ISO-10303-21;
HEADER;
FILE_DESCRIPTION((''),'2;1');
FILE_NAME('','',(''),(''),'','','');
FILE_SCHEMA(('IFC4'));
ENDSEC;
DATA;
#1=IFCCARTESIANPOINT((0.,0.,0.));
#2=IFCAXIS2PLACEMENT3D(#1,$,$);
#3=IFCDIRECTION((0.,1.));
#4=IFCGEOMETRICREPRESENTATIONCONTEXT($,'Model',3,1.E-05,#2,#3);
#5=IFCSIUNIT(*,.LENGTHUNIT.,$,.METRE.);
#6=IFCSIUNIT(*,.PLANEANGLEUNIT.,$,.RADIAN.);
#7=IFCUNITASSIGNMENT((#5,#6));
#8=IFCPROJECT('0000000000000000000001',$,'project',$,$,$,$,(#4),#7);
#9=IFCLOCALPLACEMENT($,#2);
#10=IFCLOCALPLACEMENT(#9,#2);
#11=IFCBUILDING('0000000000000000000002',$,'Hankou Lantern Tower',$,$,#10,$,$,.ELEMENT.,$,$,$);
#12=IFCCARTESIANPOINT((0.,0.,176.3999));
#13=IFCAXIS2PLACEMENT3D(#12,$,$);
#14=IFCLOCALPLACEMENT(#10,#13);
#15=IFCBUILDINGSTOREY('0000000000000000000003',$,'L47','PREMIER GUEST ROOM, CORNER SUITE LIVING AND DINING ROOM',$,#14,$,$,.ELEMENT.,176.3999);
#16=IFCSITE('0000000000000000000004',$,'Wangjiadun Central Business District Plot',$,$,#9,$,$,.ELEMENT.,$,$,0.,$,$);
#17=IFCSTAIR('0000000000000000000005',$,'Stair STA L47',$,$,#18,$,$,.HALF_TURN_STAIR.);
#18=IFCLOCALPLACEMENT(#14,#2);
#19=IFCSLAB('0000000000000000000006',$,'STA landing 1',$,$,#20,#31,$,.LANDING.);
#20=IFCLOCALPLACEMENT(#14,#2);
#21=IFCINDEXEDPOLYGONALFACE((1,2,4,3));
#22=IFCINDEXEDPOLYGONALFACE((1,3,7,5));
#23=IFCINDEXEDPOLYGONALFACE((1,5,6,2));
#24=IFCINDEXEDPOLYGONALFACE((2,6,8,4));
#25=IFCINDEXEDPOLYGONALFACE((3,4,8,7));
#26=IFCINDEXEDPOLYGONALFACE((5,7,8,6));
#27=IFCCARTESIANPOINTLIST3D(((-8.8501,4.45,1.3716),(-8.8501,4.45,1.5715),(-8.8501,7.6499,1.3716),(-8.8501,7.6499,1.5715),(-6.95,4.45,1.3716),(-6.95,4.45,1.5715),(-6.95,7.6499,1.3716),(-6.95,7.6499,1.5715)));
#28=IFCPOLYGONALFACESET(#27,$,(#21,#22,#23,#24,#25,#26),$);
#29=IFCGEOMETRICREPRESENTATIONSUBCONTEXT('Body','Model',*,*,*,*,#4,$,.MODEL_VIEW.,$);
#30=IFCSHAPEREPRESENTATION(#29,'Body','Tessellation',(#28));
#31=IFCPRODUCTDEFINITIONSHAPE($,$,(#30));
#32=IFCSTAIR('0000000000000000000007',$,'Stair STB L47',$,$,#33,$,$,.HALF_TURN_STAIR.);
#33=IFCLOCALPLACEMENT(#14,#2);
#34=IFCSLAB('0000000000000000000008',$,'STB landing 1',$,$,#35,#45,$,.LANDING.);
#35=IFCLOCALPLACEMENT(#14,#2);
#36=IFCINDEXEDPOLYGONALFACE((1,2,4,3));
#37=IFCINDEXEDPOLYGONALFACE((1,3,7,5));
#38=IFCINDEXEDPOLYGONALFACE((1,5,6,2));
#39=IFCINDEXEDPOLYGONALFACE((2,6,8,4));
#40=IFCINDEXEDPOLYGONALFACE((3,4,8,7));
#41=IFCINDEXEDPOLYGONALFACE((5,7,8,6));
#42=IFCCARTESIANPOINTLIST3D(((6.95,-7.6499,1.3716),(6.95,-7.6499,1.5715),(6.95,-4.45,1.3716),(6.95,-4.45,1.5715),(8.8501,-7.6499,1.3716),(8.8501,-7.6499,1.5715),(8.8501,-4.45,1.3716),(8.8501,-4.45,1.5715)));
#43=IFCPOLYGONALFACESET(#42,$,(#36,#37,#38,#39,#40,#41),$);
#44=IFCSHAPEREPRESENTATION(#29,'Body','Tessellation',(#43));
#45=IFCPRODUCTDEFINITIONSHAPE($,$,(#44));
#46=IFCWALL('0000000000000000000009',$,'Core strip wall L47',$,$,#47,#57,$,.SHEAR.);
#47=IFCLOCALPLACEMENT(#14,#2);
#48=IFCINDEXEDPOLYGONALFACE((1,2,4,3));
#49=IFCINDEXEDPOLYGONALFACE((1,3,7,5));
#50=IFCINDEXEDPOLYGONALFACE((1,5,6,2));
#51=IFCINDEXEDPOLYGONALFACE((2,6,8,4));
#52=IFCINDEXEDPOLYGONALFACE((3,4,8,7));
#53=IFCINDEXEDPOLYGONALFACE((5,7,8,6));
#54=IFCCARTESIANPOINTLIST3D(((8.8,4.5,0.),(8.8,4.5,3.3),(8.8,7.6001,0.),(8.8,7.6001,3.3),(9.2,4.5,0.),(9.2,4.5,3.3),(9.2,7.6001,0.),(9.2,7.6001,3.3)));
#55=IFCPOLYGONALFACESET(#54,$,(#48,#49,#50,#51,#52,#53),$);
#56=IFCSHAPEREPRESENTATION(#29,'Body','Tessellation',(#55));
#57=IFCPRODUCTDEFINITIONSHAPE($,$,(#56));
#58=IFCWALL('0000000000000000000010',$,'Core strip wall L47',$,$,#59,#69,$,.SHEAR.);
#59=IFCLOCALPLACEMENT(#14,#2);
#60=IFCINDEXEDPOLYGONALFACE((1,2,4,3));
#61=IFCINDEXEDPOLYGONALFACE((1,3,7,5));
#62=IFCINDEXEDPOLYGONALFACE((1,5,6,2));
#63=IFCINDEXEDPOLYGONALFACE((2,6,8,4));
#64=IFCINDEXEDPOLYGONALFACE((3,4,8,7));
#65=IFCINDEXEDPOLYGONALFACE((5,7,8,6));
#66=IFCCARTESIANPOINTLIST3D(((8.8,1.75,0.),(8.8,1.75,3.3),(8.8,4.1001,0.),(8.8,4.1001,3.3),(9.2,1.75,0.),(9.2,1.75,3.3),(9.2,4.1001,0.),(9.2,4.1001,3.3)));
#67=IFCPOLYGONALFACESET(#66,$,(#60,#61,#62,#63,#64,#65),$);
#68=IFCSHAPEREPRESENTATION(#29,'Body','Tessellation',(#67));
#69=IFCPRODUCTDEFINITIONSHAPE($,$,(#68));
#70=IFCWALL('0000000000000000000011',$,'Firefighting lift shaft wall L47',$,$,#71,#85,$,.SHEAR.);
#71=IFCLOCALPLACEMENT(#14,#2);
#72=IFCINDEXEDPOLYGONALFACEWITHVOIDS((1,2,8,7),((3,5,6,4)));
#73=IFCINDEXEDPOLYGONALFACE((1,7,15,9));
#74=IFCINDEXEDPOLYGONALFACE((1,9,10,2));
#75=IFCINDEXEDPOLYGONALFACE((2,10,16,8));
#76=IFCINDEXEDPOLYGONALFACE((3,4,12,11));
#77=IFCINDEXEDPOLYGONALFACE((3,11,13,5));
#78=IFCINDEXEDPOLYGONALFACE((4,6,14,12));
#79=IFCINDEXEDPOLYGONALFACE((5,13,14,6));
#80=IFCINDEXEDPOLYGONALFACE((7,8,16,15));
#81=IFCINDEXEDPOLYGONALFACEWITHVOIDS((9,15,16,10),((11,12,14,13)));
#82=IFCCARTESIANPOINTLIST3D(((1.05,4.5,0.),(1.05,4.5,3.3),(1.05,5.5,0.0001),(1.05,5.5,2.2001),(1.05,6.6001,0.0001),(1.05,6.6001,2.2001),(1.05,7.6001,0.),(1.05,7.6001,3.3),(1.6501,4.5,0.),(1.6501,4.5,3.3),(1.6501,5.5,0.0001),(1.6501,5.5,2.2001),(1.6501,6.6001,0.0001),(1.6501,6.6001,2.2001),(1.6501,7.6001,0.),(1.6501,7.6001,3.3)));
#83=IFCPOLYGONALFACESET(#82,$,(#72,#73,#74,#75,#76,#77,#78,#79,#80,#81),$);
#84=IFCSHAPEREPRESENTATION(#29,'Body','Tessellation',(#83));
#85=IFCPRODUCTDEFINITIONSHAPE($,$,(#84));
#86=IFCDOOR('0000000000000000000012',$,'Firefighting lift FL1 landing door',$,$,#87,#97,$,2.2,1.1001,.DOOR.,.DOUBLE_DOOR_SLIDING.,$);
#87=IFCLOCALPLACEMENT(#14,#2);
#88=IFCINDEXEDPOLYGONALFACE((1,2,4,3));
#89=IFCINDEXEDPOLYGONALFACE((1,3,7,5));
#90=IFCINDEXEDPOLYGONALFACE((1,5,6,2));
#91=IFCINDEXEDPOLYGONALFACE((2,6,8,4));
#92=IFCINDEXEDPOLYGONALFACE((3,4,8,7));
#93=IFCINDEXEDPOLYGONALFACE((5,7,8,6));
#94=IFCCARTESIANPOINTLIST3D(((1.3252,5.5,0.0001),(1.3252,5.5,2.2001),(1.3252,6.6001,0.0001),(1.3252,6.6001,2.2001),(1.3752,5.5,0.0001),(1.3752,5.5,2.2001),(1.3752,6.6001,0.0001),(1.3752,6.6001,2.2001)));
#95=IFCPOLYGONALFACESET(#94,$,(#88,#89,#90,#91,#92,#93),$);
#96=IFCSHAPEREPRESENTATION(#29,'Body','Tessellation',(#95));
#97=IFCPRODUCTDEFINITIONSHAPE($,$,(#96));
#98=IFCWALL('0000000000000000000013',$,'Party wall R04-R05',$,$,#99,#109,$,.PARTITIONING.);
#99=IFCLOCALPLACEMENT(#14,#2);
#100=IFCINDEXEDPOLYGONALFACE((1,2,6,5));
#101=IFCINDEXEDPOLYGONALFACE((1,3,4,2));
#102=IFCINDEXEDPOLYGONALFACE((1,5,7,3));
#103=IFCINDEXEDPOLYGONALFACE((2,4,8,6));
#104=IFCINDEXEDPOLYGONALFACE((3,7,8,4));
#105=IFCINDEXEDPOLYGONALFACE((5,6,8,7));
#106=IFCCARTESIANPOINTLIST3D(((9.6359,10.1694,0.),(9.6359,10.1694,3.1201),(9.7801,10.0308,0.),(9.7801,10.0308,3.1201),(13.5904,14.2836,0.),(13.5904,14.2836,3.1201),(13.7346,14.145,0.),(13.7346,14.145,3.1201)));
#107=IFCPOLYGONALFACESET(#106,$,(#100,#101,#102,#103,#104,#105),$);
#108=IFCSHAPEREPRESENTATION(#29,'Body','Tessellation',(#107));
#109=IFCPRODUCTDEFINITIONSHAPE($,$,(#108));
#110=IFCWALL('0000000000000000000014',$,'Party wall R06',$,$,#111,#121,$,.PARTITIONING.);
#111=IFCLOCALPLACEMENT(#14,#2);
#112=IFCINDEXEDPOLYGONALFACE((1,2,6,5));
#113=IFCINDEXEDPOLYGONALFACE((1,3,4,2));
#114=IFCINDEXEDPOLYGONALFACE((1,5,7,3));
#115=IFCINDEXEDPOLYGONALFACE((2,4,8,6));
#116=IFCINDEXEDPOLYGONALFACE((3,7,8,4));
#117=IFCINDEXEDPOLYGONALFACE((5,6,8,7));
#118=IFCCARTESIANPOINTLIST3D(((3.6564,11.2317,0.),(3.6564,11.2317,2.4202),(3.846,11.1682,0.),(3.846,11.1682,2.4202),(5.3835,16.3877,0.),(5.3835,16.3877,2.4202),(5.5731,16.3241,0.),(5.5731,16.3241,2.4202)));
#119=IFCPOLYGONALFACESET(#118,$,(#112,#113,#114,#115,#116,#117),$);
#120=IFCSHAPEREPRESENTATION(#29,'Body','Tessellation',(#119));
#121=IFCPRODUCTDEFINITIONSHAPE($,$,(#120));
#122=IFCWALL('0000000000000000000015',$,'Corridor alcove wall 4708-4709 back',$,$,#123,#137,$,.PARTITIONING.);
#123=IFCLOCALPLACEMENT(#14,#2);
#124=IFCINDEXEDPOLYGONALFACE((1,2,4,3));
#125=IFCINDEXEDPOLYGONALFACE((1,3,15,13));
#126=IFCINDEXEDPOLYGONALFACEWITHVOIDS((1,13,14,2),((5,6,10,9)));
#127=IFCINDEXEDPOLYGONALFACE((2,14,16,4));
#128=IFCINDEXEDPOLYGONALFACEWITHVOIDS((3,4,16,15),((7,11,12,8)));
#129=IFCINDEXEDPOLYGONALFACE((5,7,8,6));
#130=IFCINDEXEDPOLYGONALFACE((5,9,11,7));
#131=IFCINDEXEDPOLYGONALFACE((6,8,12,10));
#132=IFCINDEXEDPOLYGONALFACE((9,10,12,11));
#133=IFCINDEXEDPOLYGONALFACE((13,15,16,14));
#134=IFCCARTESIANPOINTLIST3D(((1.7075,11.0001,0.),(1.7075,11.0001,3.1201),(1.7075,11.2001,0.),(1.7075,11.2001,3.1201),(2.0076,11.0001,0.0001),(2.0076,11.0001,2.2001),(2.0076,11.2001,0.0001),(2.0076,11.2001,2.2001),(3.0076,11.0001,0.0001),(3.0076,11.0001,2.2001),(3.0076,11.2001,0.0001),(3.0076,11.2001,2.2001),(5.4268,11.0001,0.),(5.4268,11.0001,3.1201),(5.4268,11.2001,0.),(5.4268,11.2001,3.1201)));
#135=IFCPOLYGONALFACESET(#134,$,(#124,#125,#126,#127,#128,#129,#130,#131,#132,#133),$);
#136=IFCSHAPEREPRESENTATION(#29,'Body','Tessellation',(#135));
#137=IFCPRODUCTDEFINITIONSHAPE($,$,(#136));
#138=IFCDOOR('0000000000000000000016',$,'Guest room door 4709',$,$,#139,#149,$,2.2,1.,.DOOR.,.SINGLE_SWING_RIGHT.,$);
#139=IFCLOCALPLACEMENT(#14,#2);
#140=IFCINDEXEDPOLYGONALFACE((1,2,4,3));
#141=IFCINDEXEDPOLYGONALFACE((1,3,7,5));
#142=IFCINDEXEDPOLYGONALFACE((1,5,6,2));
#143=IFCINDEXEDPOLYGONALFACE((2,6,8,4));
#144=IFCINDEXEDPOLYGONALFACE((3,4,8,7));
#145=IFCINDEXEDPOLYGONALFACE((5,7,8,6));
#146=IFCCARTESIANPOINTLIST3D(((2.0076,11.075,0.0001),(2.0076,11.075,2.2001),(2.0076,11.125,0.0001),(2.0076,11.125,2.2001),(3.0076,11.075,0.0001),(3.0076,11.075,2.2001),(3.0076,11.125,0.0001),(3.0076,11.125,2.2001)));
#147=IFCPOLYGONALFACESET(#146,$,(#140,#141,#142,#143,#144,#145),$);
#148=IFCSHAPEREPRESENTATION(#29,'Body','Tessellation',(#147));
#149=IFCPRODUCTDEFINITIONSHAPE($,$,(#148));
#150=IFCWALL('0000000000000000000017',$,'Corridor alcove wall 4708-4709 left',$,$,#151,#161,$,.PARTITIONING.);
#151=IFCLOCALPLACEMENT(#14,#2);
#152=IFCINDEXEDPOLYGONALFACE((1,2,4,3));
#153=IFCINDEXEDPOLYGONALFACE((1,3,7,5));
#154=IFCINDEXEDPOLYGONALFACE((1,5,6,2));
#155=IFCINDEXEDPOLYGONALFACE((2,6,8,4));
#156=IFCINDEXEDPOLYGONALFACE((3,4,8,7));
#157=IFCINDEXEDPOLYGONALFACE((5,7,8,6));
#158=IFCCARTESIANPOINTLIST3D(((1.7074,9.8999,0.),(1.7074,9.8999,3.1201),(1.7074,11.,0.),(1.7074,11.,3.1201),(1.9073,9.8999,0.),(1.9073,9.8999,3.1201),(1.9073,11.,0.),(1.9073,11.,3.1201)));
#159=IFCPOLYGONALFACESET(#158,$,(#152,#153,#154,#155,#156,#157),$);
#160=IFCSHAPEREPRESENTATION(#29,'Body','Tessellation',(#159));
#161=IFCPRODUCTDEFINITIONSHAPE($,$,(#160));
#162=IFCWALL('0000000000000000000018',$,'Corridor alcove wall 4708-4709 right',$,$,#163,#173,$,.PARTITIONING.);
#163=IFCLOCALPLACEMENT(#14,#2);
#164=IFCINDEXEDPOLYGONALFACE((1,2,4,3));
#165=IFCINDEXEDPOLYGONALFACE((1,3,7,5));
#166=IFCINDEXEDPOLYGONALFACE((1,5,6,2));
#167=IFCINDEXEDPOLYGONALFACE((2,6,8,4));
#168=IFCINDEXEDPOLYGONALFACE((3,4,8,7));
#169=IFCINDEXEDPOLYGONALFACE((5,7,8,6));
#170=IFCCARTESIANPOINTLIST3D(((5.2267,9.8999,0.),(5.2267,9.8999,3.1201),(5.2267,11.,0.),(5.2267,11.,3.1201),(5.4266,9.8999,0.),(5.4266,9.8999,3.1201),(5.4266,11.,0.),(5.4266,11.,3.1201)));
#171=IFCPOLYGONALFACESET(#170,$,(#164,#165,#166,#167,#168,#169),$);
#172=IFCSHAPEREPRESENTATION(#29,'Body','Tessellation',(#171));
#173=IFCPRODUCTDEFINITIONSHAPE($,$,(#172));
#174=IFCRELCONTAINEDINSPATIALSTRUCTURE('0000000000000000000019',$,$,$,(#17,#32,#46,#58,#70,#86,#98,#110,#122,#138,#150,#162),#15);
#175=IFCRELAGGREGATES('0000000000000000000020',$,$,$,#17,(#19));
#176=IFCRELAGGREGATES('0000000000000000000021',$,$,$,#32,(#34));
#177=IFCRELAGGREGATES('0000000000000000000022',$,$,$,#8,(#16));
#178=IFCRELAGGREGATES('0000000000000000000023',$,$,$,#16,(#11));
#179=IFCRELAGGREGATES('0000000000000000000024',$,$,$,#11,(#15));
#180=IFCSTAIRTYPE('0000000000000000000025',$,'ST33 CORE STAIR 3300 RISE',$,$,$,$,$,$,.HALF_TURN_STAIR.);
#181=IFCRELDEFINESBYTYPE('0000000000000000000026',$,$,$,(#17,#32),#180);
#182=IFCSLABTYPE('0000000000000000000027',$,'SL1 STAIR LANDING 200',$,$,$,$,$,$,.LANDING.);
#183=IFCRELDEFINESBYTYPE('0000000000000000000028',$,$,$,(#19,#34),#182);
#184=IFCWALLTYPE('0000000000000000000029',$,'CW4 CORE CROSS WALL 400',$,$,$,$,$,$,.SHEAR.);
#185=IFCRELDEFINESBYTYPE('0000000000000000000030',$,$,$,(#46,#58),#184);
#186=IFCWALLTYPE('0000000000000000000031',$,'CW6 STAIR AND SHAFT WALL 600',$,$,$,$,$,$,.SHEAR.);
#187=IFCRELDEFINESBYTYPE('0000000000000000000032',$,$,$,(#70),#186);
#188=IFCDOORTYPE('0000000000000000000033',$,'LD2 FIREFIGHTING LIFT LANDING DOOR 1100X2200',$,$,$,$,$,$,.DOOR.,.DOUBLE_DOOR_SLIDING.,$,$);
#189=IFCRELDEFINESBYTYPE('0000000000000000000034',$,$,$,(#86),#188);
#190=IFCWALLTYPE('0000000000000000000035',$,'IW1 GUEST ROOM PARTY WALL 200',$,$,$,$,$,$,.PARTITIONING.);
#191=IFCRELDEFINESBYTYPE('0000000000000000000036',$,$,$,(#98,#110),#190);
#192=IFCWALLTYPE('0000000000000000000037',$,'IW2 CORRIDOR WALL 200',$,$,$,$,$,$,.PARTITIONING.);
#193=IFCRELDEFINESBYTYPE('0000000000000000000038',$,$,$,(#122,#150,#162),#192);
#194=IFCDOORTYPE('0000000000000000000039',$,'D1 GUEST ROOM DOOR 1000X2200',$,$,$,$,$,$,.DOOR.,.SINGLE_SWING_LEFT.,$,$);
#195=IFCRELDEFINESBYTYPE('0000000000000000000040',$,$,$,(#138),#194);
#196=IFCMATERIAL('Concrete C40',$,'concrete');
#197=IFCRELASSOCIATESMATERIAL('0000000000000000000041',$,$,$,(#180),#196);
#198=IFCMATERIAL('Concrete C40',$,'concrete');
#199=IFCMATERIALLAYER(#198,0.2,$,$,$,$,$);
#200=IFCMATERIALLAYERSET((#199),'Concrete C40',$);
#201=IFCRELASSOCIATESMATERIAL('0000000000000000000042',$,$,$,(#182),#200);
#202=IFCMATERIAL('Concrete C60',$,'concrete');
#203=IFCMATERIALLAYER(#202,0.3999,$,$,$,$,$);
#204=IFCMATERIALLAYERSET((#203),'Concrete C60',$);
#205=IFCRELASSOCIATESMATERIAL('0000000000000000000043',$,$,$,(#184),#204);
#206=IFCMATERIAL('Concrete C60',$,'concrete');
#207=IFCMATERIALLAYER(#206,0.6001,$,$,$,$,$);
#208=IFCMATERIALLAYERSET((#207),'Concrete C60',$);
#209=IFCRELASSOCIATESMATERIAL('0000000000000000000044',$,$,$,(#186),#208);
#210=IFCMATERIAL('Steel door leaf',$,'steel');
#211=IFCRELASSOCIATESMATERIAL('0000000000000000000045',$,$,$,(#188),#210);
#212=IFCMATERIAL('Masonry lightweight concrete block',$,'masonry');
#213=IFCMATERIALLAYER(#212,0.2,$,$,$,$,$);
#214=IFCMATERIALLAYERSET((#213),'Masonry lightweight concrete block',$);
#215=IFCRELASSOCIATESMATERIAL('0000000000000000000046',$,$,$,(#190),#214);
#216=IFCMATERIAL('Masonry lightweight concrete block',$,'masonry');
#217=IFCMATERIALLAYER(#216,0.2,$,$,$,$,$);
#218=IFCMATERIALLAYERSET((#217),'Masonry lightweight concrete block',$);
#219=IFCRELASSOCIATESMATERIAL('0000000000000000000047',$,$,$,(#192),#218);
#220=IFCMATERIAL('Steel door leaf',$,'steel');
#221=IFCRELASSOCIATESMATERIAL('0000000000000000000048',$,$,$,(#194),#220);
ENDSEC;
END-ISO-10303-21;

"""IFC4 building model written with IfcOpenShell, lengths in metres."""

from ifc_helpers import new_model, si_unit, direction, frame, frame_2d, origin, place, context, subcontext, project, spatial, polyline, rectangle, outline, extrude, material, layer, layer_set, type_object, element, fill, aggregate, save


model = new_model("IFC4")

# Units and contexts
model_context = context("Model", 3, precision=1e-05, world=origin(), true_north=direction((0.0, 1.0)))
body_context = subcontext(model_context, "Body", "Model", "MODEL_VIEW")
ifc_project = project(units=[si_unit("LENGTHUNIT", "METRE"), si_unit("PLANEANGLEUNIT", "RADIAN")], contexts=[model_context])

# Site, building, storey
site_placement = place(None, origin())
site = spatial("IfcSite", under=ifc_project, at=site_placement, Name="Wangjiadun Central Business District Plot", CompositionType="ELEMENT", RefElevation=0.0)
building_placement = place(site_placement, origin())
building = spatial("IfcBuilding", under=site, at=building_placement, Name="Hankou Lantern Tower", CompositionType="ELEMENT")
storey_placement = place(building_placement, frame((0.0, 0.0, 176.3999)))
storey = spatial("IfcBuildingStorey", under=building, at=storey_placement, Name="L47", Description="PREMIER GUEST ROOM, CORNER SUITE LIVING AND DINING ROOM", CompositionType="ELEMENT", Elevation=176.3999)

# Stairs, slabs
ifc_material_1 = material(Name="Concrete C40", Category="concrete")
stair_type = type_object("IfcStairType", Name="ST33 CORE STAIR 3300 RISE", PredefinedType="HALF_TURN_STAIR", material=ifc_material_1)
stair_1_placement = place(storey_placement, origin())
stair_1 = element("IfcStair", 1, at=stair_1_placement, inside=storey, type_object=stair_type, Name="Stair STA L47", PredefinedType="HALF_TURN_STAIR")
ifc_material_2 = material(Name="Concrete C40", Category="concrete")
ifc_layer_1 = layer(ifc_material_2, 0.2)
ifc_layer_set_1 = layer_set([ifc_layer_1], Name="Concrete C40")
slab_type = type_object("IfcSlabType", Name="SL1 STAIR LANDING 200", PredefinedType="LANDING", material=ifc_layer_set_1)
slab_1_placement = place(storey_placement, frame((0.0, 0.0, 1.3716)))
slab_1 = element("IfcSlab", 2, at=slab_1_placement, type_object=slab_type, Name="STA landing 1", PredefinedType="LANDING", context=body_context, shape_type="SweptSolid", body=[
    extrude(outline(polyline([(-8.8501, 4.45), (-6.95, 4.45), (-6.95, 7.6499), (-8.8501, 7.6499), (-8.8501, 4.45)])), origin(), (0.0, 0.0, 1.0), 0.2),
])
aggregate(stair_1, [slab_1])
stair_2_placement = place(storey_placement, origin())
stair_2 = element("IfcStair", 3, at=stair_2_placement, inside=storey, type_object=stair_type, Name="Stair STB L47", PredefinedType="HALF_TURN_STAIR")
slab_2_placement = place(storey_placement, frame((0.0, 0.0, 1.3716)))
slab_2 = element("IfcSlab", 4, at=slab_2_placement, type_object=slab_type, Name="STB landing 1", PredefinedType="LANDING", context=body_context, shape_type="SweptSolid", body=[
    extrude(outline(polyline([(8.8501, -4.45), (6.95, -4.45), (6.95, -7.6499), (8.8501, -7.6499), (8.8501, -4.45)])), origin(), (0.0, 0.0, 1.0), 0.2),
])
aggregate(stair_2, [slab_2])

# Walls
ifc_material_3 = material(Name="Concrete C60", Category="concrete")
ifc_layer_2 = layer(ifc_material_3, 0.3999)
ifc_layer_set_2 = layer_set([ifc_layer_2], Name="Concrete C60")
wall_type_1 = type_object("IfcWallType", Name="CW4 CORE CROSS WALL 400", PredefinedType="SHEAR", material=ifc_layer_set_2)
wall_1_placement = place(storey_placement, frame((9.0, 4.5, 0.0), z_axis=(0.0, 0.0, 1.0), x_axis=(0.0, 1.0, 0.0)))
element("IfcWall", 5, at=wall_1_placement, inside=storey, type_object=wall_type_1, Name="Core strip wall L47", PredefinedType="SHEAR", context=body_context, shape_type="SweptSolid", body=[
    extrude(rectangle(XDim=3.1001, YDim=0.3999, at=frame_2d((1.55, 0.0))), origin(), (0.0, 0.0, 1.0), 3.3),
])
wall_2_placement = place(storey_placement, frame((9.0, 1.75, 0.0), z_axis=(0.0, 0.0, 1.0), x_axis=(0.0, 1.0, 0.0)))
element("IfcWall", 6, at=wall_2_placement, inside=storey, type_object=wall_type_1, Name="Core strip wall L47", PredefinedType="SHEAR", context=body_context, shape_type="SweptSolid", body=[
    extrude(rectangle(XDim=2.3501, YDim=0.3999, at=frame_2d((1.175, 0.0))), origin(), (0.0, 0.0, 1.0), 3.3),
])

# Wall, opening, door
ifc_material_4 = material(Name="Concrete C60", Category="concrete")
ifc_layer_3 = layer(ifc_material_4, 0.6001)
ifc_layer_set_3 = layer_set([ifc_layer_3], Name="Concrete C60")
wall_type_2 = type_object("IfcWallType", Name="CW6 STAIR AND SHAFT WALL 600", PredefinedType="SHEAR", material=ifc_layer_set_3)
wall_3_placement = place(storey_placement, frame((1.3501, 4.5, 0.0), z_axis=(0.0, 0.0, 1.0), x_axis=(0.0, 1.0, 0.0)))
wall_3 = element("IfcWall", 7, at=wall_3_placement, inside=storey, type_object=wall_type_2, Name="Firefighting lift shaft wall L47", PredefinedType="SHEAR", context=body_context, shape_type="SweptSolid", body=[
    extrude(rectangle(XDim=3.1001, YDim=0.6001, at=frame_2d((1.55, 0.0))), origin(), (0.0, 0.0, 1.0), 3.3),
])
opening_1_placement = place(wall_3_placement, frame((1.0, 0.0, 0.0)))
opening_1 = element("IfcOpeningElement", 8, at=opening_1_placement, cuts=wall_3, PredefinedType="OPENING", context=body_context, shape_type="SweptSolid", body=[
    extrude(rectangle(XDim=1.1001, YDim=2.2, at=frame_2d((0.55, 1.1001))), frame((0.0, 0.3101, 0.0), z_axis=(0.0, -1.0, 0.0), x_axis=(1.0, 0.0, 0.0)), (0.0, 0.0, 1.0), 0.6201),
])
ifc_material_5 = material(Name="Steel door leaf", Category="steel")
door_type_1 = type_object("IfcDoorType", Name="LD2 FIREFIGHTING LIFT LANDING DOOR 1100X2200", OperationType="DOUBLE_DOOR_SLIDING", PredefinedType="DOOR", material=ifc_material_5)
door_1_placement = place(opening_1_placement, origin())
door_1 = element("IfcDoor", 9, at=door_1_placement, inside=storey, type_object=door_type_1, Name="Firefighting lift FL1 landing door", OperationType="DOUBLE_DOOR_SLIDING", OverallHeight=2.2, OverallWidth=1.1001, PredefinedType="DOOR", context=body_context, shape_type="SweptSolid", body=[
    extrude(rectangle(XDim=1.1001, YDim=2.2, at=frame_2d((0.55, 1.1001))), frame((0.0, 0.0249, 0.0), z_axis=(0.0, -1.0, 0.0), x_axis=(1.0, 0.0, 0.0)), (0.0, 0.0, 1.0), 0.05),
])
fill(opening_1, door_1)

# Walls
ifc_material_6 = material(Name="Masonry lightweight concrete block", Category="masonry")
ifc_layer_4 = layer(ifc_material_6, 0.2)
ifc_layer_set_4 = layer_set([ifc_layer_4], Name="Masonry lightweight concrete block")
wall_type_3 = type_object("IfcWallType", Name="IW1 GUEST ROOM PARTY WALL 200", PredefinedType="PARTITIONING", material=ifc_layer_set_4)
wall_4_placement = place(storey_placement, frame((9.708, 10.1001, 0.0), z_axis=(0.0, 0.0, 1.0), x_axis=(0.692979, 0.720958, 0.0)))
element("IfcWall", 10, at=wall_4_placement, inside=storey, type_object=wall_type_3, Name="Party wall R04-R05", PredefinedType="PARTITIONING", context=body_context, shape_type="SweptSolid", body=[
    extrude(rectangle(XDim=5.7065, YDim=0.2, at=frame_2d((2.8533, 0.0))), origin(), (0.0, 0.0, 1.0), 3.1201),
])
wall_5_placement = place(storey_placement, frame((3.7512, 11.2, 0.0), z_axis=(0.0, 0.0, 1.0), x_axis=(0.317615, 0.94822, 0.0)))
element("IfcWall", 11, at=wall_5_placement, inside=storey, type_object=wall_type_3, Name="Party wall R06", PredefinedType="PARTITIONING", context=body_context, shape_type="SweptSolid", body=[
    extrude(rectangle(XDim=5.4375, YDim=0.2, at=frame_2d((2.7188, 0.0))), origin(), (0.0, 0.0, 1.0), 2.4202),
])

# Wall, opening, door
ifc_material_7 = material(Name="Masonry lightweight concrete block", Category="masonry")
ifc_layer_5 = layer(ifc_material_7, 0.2)
ifc_layer_set_5 = layer_set([ifc_layer_5], Name="Masonry lightweight concrete block")
wall_type_4 = type_object("IfcWallType", Name="IW2 CORRIDOR WALL 200", PredefinedType="PARTITIONING", material=ifc_layer_set_5)
wall_6_placement = place(storey_placement, frame((1.7075, 11.1001, 0.0), z_axis=(0.0, 0.0, 1.0), x_axis=(1.0, 0.0, 0.0)))
wall_6 = element("IfcWall", 12, at=wall_6_placement, inside=storey, type_object=wall_type_4, Name="Corridor alcove wall 4708-4709 back", PredefinedType="PARTITIONING", context=body_context, shape_type="SweptSolid", body=[
    extrude(rectangle(XDim=3.7192, YDim=0.2, at=frame_2d((1.8596, 0.0))), origin(), (0.0, 0.0, 1.0), 3.1201),
])
opening_2_placement = place(wall_6_placement, frame((0.3, 0.0, 0.0)))
opening_2 = element("IfcOpeningElement", 13, at=opening_2_placement, cuts=wall_6, PredefinedType="OPENING", context=body_context, shape_type="SweptSolid", body=[
    extrude(rectangle(XDim=1.0, YDim=2.2, at=frame_2d((0.5, 1.1001))), frame((0.0, 0.1099, 0.0), z_axis=(0.0, -1.0, 0.0), x_axis=(1.0, 0.0, 0.0)), (0.0, 0.0, 1.0), 0.22),
])
ifc_material_8 = material(Name="Steel door leaf", Category="steel")
door_type_2 = type_object("IfcDoorType", Name="D1 GUEST ROOM DOOR 1000X2200", OperationType="SINGLE_SWING_LEFT", PredefinedType="DOOR", material=ifc_material_8)
door_2_placement = place(opening_2_placement, origin())
door_2 = element("IfcDoor", 14, at=door_2_placement, inside=storey, type_object=door_type_2, Name="Guest room door 4709", OperationType="SINGLE_SWING_RIGHT", OverallHeight=2.2, OverallWidth=1.0, PredefinedType="DOOR", context=body_context, shape_type="SweptSolid", body=[
    extrude(rectangle(XDim=1.0, YDim=2.2, at=frame_2d((0.5, 1.1001))), frame((0.0, 0.0249, 0.0), z_axis=(0.0, -1.0, 0.0), x_axis=(1.0, 0.0, 0.0)), (0.0, 0.0, 1.0), 0.05),
])
fill(opening_2, door_2)

# Walls
for number, where, z_axis, x_axis, name in (
    (15, (1.8074, 9.8999, 0.0), (0.0, 0.0, 1.0), (0.0, 1.0, 0.0), "Corridor alcove wall 4708-4709 left"),
    (16, (5.3267, 9.8999, 0.0), (0.0, 0.0, 1.0), (0.0, 1.0, 0.0), "Corridor alcove wall 4708-4709 right"),
):
    element("IfcWall", number, at=place(storey_placement, frame(where, z_axis=z_axis, x_axis=x_axis)), inside=storey, type_object=wall_type_4, Name=name, PredefinedType="PARTITIONING", context=body_context, shape_type="SweptSolid", body=[
        extrude(rectangle(XDim=1.1001, YDim=0.2, at=frame_2d((0.55, 0.0))), origin(), (0.0, 0.0, 1.0), 3.1201),
    ])

save(model, "model.ifc")
